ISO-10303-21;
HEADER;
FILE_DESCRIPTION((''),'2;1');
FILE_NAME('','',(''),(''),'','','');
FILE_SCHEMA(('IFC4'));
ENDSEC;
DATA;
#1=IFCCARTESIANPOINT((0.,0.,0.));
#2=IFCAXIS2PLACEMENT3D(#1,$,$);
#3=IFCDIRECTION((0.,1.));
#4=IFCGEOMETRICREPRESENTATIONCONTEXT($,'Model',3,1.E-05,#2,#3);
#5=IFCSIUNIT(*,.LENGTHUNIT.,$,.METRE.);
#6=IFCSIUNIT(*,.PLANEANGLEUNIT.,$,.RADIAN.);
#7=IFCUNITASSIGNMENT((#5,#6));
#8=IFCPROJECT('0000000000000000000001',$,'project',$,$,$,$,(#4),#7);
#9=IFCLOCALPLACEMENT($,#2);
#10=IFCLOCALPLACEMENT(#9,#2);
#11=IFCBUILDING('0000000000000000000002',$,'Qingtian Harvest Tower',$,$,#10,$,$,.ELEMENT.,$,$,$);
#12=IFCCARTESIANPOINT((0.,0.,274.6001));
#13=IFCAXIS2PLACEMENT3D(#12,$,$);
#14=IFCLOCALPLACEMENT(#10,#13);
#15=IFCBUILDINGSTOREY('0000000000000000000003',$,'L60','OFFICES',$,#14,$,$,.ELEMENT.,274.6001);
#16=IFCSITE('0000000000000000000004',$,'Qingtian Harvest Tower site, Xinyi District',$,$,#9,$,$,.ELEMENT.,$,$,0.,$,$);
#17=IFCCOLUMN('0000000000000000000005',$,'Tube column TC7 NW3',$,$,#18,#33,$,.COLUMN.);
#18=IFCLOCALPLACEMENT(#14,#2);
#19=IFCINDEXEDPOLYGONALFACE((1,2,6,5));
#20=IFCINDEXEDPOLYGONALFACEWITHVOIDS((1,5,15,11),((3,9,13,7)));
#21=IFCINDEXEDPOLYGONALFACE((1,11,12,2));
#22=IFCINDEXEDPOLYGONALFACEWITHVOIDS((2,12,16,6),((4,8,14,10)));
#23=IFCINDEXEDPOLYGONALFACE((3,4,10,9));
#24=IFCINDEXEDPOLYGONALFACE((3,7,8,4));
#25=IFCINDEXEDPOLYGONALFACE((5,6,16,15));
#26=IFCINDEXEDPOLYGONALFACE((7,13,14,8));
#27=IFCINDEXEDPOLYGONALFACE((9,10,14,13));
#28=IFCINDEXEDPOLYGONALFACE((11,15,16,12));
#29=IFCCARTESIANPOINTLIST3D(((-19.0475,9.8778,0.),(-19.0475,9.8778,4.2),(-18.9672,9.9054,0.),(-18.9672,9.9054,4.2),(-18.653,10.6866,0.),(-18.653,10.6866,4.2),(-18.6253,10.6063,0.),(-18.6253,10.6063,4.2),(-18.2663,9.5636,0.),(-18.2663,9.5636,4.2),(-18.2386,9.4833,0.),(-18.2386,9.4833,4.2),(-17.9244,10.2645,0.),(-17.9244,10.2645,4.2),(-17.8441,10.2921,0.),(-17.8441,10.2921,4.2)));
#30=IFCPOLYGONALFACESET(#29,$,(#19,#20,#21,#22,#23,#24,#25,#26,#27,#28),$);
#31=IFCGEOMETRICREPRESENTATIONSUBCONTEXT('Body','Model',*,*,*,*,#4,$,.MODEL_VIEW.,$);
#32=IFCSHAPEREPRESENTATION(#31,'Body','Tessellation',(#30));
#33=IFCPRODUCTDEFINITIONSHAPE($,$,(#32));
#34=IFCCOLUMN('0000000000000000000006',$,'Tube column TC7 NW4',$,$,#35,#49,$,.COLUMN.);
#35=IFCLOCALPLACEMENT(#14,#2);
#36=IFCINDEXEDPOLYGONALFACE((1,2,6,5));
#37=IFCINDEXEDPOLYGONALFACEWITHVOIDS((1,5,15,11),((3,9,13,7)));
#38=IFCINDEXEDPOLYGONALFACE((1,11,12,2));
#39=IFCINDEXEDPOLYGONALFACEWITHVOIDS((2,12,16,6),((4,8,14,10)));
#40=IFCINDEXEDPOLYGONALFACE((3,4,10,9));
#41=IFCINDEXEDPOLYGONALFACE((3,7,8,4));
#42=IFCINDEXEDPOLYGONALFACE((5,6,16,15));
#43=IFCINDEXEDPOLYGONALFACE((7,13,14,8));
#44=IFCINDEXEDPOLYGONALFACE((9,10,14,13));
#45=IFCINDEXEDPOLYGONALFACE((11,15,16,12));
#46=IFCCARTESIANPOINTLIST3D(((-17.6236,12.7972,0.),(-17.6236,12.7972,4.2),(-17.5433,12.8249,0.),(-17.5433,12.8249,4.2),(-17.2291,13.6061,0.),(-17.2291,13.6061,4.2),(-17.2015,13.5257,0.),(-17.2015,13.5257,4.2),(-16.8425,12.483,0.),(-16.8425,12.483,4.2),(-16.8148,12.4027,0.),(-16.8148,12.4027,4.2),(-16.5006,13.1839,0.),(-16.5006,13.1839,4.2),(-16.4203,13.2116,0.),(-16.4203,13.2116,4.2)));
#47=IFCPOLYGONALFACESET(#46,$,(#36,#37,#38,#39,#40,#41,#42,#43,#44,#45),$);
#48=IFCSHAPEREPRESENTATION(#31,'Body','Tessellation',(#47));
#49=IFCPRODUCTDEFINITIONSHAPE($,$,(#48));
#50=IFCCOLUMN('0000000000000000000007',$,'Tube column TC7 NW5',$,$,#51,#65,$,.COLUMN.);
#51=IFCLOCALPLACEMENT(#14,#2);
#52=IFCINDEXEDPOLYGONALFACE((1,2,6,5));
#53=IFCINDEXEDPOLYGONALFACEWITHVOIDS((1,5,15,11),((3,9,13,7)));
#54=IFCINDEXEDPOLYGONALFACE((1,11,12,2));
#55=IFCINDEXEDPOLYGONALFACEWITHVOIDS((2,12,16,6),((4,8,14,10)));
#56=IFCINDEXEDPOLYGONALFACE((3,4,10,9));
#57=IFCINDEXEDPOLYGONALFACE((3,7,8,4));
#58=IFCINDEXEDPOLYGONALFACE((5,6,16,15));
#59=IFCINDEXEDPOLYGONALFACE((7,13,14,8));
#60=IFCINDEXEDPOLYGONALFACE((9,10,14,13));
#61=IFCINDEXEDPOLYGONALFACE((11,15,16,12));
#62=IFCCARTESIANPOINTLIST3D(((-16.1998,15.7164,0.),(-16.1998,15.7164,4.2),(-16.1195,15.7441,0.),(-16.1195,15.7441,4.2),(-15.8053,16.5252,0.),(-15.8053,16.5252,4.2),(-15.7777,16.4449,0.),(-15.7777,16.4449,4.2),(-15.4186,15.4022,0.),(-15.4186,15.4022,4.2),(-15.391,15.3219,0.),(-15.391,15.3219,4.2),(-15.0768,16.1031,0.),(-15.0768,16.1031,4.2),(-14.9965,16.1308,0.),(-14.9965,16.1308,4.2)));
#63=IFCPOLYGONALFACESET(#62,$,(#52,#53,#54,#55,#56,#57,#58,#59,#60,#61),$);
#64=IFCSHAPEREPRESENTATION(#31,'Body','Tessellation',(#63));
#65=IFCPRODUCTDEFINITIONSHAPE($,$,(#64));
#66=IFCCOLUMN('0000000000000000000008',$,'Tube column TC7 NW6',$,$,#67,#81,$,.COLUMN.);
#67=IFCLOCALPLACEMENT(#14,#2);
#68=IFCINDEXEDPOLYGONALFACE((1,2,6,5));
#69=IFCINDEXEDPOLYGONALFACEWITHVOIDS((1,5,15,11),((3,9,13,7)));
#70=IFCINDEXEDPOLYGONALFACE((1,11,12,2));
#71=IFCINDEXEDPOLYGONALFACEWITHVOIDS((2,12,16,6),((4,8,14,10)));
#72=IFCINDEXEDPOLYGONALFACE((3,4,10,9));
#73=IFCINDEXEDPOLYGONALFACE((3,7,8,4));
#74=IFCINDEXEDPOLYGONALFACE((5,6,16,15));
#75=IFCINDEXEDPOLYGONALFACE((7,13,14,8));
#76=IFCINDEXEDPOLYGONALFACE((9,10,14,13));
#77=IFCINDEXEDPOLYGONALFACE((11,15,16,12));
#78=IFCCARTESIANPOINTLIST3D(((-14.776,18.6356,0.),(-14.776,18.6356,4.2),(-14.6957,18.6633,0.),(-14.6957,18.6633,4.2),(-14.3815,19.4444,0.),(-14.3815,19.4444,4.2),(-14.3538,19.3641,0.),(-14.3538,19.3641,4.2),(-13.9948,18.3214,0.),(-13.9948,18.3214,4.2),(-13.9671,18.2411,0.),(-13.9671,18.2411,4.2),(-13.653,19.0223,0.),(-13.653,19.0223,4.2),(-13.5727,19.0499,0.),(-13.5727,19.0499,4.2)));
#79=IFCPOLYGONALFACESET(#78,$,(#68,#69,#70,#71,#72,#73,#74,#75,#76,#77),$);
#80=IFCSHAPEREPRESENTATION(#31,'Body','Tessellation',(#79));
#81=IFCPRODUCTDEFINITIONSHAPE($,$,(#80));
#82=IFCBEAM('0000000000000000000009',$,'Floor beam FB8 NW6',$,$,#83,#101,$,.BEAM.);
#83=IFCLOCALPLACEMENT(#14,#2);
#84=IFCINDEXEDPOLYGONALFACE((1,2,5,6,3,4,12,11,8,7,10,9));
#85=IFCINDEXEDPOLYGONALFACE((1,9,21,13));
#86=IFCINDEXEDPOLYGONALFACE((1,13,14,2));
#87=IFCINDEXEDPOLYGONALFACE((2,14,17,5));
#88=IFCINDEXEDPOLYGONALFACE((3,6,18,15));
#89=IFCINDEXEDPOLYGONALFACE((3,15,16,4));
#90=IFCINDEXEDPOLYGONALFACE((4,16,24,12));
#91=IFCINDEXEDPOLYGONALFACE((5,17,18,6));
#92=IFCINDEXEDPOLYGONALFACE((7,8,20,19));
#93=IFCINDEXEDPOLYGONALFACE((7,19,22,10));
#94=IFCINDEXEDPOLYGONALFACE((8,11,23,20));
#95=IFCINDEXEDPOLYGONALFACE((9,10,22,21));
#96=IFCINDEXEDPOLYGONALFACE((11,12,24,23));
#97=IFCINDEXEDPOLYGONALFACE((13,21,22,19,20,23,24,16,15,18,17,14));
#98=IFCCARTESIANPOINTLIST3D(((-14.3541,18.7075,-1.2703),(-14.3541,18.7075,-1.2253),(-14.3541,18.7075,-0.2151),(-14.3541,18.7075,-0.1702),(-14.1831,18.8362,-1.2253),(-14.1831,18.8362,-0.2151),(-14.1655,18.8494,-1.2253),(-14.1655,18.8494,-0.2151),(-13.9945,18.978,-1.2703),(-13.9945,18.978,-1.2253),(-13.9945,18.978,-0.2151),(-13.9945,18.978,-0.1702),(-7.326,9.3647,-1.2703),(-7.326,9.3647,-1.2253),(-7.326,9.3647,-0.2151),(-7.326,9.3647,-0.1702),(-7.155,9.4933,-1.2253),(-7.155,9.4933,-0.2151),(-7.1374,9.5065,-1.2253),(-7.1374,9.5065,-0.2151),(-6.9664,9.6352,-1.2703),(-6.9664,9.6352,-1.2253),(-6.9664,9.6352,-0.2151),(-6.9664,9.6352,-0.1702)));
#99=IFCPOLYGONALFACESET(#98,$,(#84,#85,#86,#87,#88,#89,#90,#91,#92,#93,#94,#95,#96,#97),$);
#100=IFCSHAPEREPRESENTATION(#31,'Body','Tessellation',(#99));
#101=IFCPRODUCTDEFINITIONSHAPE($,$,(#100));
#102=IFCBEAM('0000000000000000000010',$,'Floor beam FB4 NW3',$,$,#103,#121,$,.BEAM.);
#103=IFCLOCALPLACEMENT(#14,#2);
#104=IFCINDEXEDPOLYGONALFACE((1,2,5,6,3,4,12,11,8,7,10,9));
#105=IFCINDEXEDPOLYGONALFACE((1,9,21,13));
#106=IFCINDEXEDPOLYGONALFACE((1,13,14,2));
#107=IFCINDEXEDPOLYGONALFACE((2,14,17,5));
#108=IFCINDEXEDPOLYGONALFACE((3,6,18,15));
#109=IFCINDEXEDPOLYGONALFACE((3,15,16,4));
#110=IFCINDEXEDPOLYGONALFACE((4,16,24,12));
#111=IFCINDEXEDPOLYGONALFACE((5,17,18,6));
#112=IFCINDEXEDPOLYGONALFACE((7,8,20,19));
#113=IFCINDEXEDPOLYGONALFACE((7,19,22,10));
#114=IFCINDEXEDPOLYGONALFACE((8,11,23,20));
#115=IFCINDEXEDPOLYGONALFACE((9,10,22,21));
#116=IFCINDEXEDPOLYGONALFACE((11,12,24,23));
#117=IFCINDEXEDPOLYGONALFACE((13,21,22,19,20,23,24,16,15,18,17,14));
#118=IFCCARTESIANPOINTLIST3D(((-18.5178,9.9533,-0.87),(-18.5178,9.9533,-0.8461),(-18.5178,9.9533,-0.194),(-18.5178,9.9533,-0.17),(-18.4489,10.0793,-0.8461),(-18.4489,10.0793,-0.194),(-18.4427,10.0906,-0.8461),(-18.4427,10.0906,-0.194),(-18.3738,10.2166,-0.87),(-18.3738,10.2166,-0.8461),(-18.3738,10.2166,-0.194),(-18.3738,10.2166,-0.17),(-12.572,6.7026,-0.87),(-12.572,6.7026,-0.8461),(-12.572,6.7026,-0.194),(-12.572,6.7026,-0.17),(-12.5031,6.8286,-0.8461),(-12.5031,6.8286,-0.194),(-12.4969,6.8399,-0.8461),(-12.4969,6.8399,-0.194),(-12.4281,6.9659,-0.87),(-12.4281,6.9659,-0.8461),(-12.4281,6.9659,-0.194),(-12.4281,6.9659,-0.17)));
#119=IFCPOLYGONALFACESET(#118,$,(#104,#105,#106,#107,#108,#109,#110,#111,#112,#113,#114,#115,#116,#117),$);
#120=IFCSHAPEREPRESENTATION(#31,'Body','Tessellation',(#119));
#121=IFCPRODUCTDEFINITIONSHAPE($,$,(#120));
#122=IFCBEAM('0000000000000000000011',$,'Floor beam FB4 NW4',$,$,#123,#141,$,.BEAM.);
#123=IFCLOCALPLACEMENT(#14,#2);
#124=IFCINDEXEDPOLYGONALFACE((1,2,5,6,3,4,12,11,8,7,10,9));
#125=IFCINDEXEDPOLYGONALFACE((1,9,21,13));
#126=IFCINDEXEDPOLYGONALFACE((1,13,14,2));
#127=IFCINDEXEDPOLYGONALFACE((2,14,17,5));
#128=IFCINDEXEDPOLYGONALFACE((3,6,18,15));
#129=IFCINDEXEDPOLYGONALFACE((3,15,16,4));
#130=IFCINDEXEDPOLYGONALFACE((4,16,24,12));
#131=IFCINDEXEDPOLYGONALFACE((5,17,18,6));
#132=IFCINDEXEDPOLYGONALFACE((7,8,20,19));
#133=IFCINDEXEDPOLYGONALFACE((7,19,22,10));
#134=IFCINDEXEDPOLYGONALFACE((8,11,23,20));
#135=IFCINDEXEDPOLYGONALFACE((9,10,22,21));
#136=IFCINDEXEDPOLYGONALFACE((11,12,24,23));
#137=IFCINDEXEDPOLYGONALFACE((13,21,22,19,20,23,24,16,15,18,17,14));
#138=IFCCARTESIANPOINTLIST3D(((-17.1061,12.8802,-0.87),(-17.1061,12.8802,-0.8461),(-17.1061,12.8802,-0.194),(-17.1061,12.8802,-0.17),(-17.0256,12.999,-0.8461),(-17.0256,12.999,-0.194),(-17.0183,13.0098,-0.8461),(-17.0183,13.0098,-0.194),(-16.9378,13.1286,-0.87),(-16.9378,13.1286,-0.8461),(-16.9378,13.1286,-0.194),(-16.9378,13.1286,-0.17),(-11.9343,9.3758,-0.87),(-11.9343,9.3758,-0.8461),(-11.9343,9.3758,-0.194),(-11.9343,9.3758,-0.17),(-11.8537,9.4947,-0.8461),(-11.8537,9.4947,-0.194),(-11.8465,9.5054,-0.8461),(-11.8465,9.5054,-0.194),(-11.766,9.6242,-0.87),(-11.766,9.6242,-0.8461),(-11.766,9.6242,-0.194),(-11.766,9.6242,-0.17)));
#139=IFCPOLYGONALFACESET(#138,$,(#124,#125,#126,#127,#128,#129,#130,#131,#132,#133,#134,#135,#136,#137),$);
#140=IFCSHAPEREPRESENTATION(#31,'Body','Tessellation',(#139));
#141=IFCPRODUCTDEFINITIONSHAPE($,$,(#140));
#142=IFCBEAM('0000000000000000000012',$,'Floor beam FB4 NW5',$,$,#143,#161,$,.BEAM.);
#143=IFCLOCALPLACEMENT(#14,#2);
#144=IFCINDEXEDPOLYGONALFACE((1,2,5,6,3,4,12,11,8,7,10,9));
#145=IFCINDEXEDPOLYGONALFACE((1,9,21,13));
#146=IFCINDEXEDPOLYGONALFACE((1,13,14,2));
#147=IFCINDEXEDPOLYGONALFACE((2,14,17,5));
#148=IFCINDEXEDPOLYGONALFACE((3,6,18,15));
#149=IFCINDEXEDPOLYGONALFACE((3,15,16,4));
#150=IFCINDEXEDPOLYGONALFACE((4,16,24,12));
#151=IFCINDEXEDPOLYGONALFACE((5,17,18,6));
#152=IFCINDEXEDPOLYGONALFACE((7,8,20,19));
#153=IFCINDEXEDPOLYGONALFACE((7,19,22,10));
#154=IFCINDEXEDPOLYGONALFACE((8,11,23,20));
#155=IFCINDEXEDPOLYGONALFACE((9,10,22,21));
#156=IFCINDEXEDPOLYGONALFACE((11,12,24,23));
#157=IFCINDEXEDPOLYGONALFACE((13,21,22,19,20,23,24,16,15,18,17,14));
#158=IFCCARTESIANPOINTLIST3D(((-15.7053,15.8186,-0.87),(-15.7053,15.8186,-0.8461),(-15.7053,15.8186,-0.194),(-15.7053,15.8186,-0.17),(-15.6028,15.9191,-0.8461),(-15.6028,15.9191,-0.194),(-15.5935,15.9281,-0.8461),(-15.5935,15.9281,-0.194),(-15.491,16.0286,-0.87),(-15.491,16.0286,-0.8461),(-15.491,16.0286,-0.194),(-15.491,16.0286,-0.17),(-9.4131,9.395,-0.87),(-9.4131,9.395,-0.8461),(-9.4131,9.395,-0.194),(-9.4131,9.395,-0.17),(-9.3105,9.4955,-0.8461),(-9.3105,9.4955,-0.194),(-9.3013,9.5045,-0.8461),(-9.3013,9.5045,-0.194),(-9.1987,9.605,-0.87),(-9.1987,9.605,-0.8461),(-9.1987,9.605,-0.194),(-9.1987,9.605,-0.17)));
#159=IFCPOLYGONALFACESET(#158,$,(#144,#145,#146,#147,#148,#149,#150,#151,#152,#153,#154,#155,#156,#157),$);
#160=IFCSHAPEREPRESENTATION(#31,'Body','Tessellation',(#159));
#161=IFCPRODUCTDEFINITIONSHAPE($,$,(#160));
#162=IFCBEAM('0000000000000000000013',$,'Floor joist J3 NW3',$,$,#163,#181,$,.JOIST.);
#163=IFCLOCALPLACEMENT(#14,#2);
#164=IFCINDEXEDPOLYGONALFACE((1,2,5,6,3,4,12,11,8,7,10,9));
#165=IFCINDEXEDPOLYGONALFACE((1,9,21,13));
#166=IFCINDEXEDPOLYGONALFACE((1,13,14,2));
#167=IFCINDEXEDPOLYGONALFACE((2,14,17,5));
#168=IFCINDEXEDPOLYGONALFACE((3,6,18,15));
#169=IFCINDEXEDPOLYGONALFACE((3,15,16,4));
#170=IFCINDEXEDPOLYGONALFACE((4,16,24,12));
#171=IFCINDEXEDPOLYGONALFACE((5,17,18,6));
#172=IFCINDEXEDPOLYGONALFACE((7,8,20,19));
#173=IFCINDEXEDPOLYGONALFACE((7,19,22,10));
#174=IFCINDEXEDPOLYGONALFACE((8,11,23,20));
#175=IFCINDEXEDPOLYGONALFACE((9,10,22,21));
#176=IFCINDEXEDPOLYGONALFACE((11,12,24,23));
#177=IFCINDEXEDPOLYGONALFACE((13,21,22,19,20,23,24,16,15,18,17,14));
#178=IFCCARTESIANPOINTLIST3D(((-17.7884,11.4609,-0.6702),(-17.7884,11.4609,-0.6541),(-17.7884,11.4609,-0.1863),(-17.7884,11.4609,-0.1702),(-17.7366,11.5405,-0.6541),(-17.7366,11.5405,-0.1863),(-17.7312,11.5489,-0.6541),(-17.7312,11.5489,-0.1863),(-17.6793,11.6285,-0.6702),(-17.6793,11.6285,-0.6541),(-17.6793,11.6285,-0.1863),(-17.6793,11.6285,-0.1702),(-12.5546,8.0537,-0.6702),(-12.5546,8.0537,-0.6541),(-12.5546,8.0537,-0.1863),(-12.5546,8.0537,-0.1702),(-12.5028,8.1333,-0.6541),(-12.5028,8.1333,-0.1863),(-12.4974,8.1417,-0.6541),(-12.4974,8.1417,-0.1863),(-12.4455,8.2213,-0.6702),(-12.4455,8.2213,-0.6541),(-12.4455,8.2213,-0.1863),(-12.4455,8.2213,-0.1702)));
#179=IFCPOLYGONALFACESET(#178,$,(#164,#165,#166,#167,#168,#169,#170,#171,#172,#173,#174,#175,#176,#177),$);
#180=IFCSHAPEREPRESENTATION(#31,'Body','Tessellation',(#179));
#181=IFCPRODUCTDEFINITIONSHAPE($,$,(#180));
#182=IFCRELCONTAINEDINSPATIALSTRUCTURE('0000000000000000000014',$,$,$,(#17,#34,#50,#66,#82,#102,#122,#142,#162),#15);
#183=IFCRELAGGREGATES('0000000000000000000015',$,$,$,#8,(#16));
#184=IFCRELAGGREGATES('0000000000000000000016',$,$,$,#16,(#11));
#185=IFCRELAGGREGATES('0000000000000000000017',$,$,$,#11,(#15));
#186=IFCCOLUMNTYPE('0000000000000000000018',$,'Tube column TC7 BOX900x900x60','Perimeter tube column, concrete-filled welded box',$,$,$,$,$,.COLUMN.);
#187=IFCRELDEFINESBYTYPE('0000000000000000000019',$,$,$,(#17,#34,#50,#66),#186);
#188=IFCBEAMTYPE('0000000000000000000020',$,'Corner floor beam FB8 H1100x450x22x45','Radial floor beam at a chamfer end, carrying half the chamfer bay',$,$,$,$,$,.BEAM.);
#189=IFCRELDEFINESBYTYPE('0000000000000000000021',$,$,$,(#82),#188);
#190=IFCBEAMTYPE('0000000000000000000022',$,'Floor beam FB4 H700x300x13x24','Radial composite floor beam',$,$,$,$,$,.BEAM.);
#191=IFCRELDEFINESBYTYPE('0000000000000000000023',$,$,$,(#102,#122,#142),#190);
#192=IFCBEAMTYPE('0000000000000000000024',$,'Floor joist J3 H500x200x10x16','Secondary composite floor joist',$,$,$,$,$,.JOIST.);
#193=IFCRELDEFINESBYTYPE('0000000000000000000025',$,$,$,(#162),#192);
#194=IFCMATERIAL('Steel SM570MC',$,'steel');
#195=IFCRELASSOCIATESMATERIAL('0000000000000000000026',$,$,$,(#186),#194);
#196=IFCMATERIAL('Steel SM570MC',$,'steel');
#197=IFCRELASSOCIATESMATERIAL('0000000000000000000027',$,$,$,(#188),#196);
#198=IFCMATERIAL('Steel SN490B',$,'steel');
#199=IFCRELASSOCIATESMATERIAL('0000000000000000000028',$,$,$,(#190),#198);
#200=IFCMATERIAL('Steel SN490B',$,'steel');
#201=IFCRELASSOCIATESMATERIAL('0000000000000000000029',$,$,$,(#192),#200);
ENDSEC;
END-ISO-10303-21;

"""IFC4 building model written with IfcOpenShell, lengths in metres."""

from ifc_helpers import new_model, si_unit, direction, frame, origin, origin_2d, place, context, subcontext, project, spatial, hollow_rectangle, i_section, extrude, material, material_profile, profile_set, type_object, element, save


model = new_model("IFC4")

# Units and contexts
model_context = context("Model", 3, precision=1e-05, world=origin(), true_north=direction((0.0, 1.0)))
body_context = subcontext(model_context, "Body", "Model", "MODEL_VIEW")
ifc_project = project(units=[si_unit("LENGTHUNIT", "METRE"), si_unit("PLANEANGLEUNIT", "RADIAN")], contexts=[model_context])

# Site, building, storey
site_placement = place(None, origin())
site = spatial("IfcSite", under=ifc_project, at=site_placement, Name="Qingtian Harvest Tower site, Xinyi District", CompositionType="ELEMENT", RefElevation=0.0)
building_placement = place(site_placement, origin())
building = spatial("IfcBuilding", under=site, at=building_placement, Name="Qingtian Harvest Tower", CompositionType="ELEMENT")
storey_placement = place(building_placement, frame((0.0, 0.0, 274.6001)))
storey = spatial("IfcBuildingStorey", under=building, at=storey_placement, Name="L60", Description="OFFICES", CompositionType="ELEMENT", Elevation=274.6001)

# Columns
ifc_material_1 = material(Name="Steel SM570MC", Category="steel")
ifc_material_profile_1 = material_profile(ifc_material_1, hollow_rectangle(XDim=0.8999, YDim=0.8999, WallThickness=0.0601, at=origin_2d()), Name="BOX900x900x60")
ifc_profile_set_1 = profile_set([ifc_material_profile_1], Name="Steel SM570MC")
column_type = type_object("IfcColumnType", Name="Tube column TC7 BOX900x900x60", Description="Perimeter tube column, concrete-filled welded box", PredefinedType="COLUMN", material=ifc_profile_set_1)
for number, where, z_axis, x_axis, name in (
    (1, (-18.4458, 10.085, 0.0), (0.0, 0.0, 1.0), (-0.438371, -0.898794, 0.0), "Tube column TC7 NW3"),
    (2, (-17.022, 13.0044, 0.0), (0.0, 0.0, 1.0), (-0.438371, -0.898794, 0.0), "Tube column TC7 NW4"),
    (3, (-15.5981, 15.9236, 0.0), (0.0, 0.0, 1.0), (-0.438371, -0.898794, 0.0), "Tube column TC7 NW5"),
    (4, (-14.1743, 18.8428, 0.0), (0.0, 0.0, 1.0), (-0.438371, -0.898794, 0.0), "Tube column TC7 NW6"),
):
    element("IfcColumn", number, at=place(storey_placement, frame(where, z_axis=z_axis, x_axis=x_axis)), inside=storey, type_object=column_type, Name=name, PredefinedType="COLUMN", context=body_context, shape_type="SweptSolid", body=[
        extrude(hollow_rectangle(XDim=0.8999, YDim=0.8999, WallThickness=0.0601, at=origin_2d()), origin(), (0.0, 0.0, 1.0), 4.2),
    ])

# Beams
ifc_material_2 = material(Name="Steel SM570MC", Category="steel")
ifc_material_profile_2 = material_profile(ifc_material_2, i_section(OverallWidth=0.45, OverallDepth=1.1001, WebThickness=0.022, FlangeThickness=0.0449, at=origin_2d()), Name="H1100x450x22x45")
ifc_profile_set_2 = profile_set([ifc_material_profile_2], Name="Steel SM570MC")
beam_type_1 = type_object("IfcBeamType", Name="Corner floor beam FB8 H1100x450x22x45", Description="Radial floor beam at a chamfer end, carrying half the chamfer bay", PredefinedType="BEAM", material=ifc_profile_set_2)
beam_1_placement = place(storey_placement, frame((-14.1743, 18.8428, -0.7202), z_axis=(0.601149, -0.799137, 0.0), x_axis=(0.799137, 0.601149, 0.0)))
element("IfcBeam", 5, at=beam_1_placement, inside=storey, type_object=beam_type_1, Name="Floor beam FB8 NW6", PredefinedType="BEAM", context=body_context, shape_type="SweptSolid", body=[
    extrude(i_section(OverallWidth=0.45, OverallDepth=1.1001, WebThickness=0.022, FlangeThickness=0.0449, at=origin_2d()), origin(), (0.0, 0.0, 1.0), 11.6912),
])
ifc_material_3 = material(Name="Steel SN490B", Category="steel")
ifc_material_profile_3 = material_profile(ifc_material_3, i_section(OverallWidth=0.3, OverallDepth=0.7, WebThickness=0.0129, FlangeThickness=0.0239, at=origin_2d()), Name="H700x300x13x24")
ifc_profile_set_3 = profile_set([ifc_material_profile_3], Name="Steel SN490B")
beam_type_2 = type_object("IfcBeamType", Name="Floor beam FB4 H700x300x13x24", Description="Radial composite floor beam", PredefinedType="BEAM", material=ifc_profile_set_3)
beam_2_placement = place(storey_placement, frame((-18.4458, 10.085, -0.52), z_axis=(0.877426, -0.479713, 0.0), x_axis=(0.479713, 0.877426, 0.0)))
element("IfcBeam", 6, at=beam_2_placement, inside=storey, type_object=beam_type_2, Name="Floor beam FB4 NW3", PredefinedType="BEAM", context=body_context, shape_type="SweptSolid", body=[
    extrude(i_section(OverallWidth=0.3, OverallDepth=0.7, WebThickness=0.0129, FlangeThickness=0.0239, at=origin_2d()), origin(), (0.0, 0.0, 1.0), 6.7764),
])
beam_3_placement = place(storey_placement, frame((-17.022, 13.0044, -0.52), z_axis=(0.827854, -0.560943, 0.0), x_axis=(0.560943, 0.827854, 0.0)))
element("IfcBeam", 7, at=beam_3_placement, inside=storey, type_object=beam_type_2, Name="Floor beam FB4 NW4", PredefinedType="BEAM", context=body_context, shape_type="SweptSolid", body=[
    extrude(i_section(OverallWidth=0.3, OverallDepth=0.7, WebThickness=0.0129, FlangeThickness=0.0239, at=origin_2d()), origin(), (0.0, 0.0, 1.0), 6.2473),
])
beam_4_placement = place(storey_placement, frame((-15.5981, 15.9236, -0.52), z_axis=(0.699765, -0.714373, 0.0), x_axis=(0.714373, 0.699765, 0.0)))
element("IfcBeam", 8, at=beam_4_placement, inside=storey, type_object=beam_type_2, Name="Floor beam FB4 NW5", PredefinedType="BEAM", context=body_context, shape_type="SweptSolid", body=[
    extrude(i_section(OverallWidth=0.3, OverallDepth=0.7, WebThickness=0.0129, FlangeThickness=0.0239, at=origin_2d()), origin(), (0.0, 0.0, 1.0), 8.9919),
])
ifc_material_4 = material(Name="Steel SN490B", Category="steel")
ifc_material_profile_4 = material_profile(ifc_material_4, i_section(OverallWidth=0.2, OverallDepth=0.5, WebThickness=0.01, FlangeThickness=0.0161, at=origin_2d()), Name="H500x200x10x16")
ifc_profile_set_4 = profile_set([ifc_material_profile_4], Name="Steel SN490B")
beam_type_3 = type_object("IfcBeamType", Name="Floor joist J3 H500x200x10x16", Description="Secondary composite floor joist", PredefinedType="JOIST", material=ifc_profile_set_4)
beam_5_placement = place(storey_placement, frame((-17.7339, 11.5447, -0.4202), z_axis=(0.838063, -0.545574, 0.0), x_axis=(0.545574, 0.838063, 0.0)))
element("IfcBeam", 9, at=beam_5_placement, inside=storey, type_object=beam_type_3, Name="Floor joist J3 NW3", PredefinedType="JOIST", context=body_context, shape_type="SweptSolid", body=[
    extrude(i_section(OverallWidth=0.2, OverallDepth=0.5, WebThickness=0.01, FlangeThickness=0.0161, at=origin_2d()), origin(), (0.0, 0.0, 1.0), 6.2451),
])

save(model, "model.ifc")
